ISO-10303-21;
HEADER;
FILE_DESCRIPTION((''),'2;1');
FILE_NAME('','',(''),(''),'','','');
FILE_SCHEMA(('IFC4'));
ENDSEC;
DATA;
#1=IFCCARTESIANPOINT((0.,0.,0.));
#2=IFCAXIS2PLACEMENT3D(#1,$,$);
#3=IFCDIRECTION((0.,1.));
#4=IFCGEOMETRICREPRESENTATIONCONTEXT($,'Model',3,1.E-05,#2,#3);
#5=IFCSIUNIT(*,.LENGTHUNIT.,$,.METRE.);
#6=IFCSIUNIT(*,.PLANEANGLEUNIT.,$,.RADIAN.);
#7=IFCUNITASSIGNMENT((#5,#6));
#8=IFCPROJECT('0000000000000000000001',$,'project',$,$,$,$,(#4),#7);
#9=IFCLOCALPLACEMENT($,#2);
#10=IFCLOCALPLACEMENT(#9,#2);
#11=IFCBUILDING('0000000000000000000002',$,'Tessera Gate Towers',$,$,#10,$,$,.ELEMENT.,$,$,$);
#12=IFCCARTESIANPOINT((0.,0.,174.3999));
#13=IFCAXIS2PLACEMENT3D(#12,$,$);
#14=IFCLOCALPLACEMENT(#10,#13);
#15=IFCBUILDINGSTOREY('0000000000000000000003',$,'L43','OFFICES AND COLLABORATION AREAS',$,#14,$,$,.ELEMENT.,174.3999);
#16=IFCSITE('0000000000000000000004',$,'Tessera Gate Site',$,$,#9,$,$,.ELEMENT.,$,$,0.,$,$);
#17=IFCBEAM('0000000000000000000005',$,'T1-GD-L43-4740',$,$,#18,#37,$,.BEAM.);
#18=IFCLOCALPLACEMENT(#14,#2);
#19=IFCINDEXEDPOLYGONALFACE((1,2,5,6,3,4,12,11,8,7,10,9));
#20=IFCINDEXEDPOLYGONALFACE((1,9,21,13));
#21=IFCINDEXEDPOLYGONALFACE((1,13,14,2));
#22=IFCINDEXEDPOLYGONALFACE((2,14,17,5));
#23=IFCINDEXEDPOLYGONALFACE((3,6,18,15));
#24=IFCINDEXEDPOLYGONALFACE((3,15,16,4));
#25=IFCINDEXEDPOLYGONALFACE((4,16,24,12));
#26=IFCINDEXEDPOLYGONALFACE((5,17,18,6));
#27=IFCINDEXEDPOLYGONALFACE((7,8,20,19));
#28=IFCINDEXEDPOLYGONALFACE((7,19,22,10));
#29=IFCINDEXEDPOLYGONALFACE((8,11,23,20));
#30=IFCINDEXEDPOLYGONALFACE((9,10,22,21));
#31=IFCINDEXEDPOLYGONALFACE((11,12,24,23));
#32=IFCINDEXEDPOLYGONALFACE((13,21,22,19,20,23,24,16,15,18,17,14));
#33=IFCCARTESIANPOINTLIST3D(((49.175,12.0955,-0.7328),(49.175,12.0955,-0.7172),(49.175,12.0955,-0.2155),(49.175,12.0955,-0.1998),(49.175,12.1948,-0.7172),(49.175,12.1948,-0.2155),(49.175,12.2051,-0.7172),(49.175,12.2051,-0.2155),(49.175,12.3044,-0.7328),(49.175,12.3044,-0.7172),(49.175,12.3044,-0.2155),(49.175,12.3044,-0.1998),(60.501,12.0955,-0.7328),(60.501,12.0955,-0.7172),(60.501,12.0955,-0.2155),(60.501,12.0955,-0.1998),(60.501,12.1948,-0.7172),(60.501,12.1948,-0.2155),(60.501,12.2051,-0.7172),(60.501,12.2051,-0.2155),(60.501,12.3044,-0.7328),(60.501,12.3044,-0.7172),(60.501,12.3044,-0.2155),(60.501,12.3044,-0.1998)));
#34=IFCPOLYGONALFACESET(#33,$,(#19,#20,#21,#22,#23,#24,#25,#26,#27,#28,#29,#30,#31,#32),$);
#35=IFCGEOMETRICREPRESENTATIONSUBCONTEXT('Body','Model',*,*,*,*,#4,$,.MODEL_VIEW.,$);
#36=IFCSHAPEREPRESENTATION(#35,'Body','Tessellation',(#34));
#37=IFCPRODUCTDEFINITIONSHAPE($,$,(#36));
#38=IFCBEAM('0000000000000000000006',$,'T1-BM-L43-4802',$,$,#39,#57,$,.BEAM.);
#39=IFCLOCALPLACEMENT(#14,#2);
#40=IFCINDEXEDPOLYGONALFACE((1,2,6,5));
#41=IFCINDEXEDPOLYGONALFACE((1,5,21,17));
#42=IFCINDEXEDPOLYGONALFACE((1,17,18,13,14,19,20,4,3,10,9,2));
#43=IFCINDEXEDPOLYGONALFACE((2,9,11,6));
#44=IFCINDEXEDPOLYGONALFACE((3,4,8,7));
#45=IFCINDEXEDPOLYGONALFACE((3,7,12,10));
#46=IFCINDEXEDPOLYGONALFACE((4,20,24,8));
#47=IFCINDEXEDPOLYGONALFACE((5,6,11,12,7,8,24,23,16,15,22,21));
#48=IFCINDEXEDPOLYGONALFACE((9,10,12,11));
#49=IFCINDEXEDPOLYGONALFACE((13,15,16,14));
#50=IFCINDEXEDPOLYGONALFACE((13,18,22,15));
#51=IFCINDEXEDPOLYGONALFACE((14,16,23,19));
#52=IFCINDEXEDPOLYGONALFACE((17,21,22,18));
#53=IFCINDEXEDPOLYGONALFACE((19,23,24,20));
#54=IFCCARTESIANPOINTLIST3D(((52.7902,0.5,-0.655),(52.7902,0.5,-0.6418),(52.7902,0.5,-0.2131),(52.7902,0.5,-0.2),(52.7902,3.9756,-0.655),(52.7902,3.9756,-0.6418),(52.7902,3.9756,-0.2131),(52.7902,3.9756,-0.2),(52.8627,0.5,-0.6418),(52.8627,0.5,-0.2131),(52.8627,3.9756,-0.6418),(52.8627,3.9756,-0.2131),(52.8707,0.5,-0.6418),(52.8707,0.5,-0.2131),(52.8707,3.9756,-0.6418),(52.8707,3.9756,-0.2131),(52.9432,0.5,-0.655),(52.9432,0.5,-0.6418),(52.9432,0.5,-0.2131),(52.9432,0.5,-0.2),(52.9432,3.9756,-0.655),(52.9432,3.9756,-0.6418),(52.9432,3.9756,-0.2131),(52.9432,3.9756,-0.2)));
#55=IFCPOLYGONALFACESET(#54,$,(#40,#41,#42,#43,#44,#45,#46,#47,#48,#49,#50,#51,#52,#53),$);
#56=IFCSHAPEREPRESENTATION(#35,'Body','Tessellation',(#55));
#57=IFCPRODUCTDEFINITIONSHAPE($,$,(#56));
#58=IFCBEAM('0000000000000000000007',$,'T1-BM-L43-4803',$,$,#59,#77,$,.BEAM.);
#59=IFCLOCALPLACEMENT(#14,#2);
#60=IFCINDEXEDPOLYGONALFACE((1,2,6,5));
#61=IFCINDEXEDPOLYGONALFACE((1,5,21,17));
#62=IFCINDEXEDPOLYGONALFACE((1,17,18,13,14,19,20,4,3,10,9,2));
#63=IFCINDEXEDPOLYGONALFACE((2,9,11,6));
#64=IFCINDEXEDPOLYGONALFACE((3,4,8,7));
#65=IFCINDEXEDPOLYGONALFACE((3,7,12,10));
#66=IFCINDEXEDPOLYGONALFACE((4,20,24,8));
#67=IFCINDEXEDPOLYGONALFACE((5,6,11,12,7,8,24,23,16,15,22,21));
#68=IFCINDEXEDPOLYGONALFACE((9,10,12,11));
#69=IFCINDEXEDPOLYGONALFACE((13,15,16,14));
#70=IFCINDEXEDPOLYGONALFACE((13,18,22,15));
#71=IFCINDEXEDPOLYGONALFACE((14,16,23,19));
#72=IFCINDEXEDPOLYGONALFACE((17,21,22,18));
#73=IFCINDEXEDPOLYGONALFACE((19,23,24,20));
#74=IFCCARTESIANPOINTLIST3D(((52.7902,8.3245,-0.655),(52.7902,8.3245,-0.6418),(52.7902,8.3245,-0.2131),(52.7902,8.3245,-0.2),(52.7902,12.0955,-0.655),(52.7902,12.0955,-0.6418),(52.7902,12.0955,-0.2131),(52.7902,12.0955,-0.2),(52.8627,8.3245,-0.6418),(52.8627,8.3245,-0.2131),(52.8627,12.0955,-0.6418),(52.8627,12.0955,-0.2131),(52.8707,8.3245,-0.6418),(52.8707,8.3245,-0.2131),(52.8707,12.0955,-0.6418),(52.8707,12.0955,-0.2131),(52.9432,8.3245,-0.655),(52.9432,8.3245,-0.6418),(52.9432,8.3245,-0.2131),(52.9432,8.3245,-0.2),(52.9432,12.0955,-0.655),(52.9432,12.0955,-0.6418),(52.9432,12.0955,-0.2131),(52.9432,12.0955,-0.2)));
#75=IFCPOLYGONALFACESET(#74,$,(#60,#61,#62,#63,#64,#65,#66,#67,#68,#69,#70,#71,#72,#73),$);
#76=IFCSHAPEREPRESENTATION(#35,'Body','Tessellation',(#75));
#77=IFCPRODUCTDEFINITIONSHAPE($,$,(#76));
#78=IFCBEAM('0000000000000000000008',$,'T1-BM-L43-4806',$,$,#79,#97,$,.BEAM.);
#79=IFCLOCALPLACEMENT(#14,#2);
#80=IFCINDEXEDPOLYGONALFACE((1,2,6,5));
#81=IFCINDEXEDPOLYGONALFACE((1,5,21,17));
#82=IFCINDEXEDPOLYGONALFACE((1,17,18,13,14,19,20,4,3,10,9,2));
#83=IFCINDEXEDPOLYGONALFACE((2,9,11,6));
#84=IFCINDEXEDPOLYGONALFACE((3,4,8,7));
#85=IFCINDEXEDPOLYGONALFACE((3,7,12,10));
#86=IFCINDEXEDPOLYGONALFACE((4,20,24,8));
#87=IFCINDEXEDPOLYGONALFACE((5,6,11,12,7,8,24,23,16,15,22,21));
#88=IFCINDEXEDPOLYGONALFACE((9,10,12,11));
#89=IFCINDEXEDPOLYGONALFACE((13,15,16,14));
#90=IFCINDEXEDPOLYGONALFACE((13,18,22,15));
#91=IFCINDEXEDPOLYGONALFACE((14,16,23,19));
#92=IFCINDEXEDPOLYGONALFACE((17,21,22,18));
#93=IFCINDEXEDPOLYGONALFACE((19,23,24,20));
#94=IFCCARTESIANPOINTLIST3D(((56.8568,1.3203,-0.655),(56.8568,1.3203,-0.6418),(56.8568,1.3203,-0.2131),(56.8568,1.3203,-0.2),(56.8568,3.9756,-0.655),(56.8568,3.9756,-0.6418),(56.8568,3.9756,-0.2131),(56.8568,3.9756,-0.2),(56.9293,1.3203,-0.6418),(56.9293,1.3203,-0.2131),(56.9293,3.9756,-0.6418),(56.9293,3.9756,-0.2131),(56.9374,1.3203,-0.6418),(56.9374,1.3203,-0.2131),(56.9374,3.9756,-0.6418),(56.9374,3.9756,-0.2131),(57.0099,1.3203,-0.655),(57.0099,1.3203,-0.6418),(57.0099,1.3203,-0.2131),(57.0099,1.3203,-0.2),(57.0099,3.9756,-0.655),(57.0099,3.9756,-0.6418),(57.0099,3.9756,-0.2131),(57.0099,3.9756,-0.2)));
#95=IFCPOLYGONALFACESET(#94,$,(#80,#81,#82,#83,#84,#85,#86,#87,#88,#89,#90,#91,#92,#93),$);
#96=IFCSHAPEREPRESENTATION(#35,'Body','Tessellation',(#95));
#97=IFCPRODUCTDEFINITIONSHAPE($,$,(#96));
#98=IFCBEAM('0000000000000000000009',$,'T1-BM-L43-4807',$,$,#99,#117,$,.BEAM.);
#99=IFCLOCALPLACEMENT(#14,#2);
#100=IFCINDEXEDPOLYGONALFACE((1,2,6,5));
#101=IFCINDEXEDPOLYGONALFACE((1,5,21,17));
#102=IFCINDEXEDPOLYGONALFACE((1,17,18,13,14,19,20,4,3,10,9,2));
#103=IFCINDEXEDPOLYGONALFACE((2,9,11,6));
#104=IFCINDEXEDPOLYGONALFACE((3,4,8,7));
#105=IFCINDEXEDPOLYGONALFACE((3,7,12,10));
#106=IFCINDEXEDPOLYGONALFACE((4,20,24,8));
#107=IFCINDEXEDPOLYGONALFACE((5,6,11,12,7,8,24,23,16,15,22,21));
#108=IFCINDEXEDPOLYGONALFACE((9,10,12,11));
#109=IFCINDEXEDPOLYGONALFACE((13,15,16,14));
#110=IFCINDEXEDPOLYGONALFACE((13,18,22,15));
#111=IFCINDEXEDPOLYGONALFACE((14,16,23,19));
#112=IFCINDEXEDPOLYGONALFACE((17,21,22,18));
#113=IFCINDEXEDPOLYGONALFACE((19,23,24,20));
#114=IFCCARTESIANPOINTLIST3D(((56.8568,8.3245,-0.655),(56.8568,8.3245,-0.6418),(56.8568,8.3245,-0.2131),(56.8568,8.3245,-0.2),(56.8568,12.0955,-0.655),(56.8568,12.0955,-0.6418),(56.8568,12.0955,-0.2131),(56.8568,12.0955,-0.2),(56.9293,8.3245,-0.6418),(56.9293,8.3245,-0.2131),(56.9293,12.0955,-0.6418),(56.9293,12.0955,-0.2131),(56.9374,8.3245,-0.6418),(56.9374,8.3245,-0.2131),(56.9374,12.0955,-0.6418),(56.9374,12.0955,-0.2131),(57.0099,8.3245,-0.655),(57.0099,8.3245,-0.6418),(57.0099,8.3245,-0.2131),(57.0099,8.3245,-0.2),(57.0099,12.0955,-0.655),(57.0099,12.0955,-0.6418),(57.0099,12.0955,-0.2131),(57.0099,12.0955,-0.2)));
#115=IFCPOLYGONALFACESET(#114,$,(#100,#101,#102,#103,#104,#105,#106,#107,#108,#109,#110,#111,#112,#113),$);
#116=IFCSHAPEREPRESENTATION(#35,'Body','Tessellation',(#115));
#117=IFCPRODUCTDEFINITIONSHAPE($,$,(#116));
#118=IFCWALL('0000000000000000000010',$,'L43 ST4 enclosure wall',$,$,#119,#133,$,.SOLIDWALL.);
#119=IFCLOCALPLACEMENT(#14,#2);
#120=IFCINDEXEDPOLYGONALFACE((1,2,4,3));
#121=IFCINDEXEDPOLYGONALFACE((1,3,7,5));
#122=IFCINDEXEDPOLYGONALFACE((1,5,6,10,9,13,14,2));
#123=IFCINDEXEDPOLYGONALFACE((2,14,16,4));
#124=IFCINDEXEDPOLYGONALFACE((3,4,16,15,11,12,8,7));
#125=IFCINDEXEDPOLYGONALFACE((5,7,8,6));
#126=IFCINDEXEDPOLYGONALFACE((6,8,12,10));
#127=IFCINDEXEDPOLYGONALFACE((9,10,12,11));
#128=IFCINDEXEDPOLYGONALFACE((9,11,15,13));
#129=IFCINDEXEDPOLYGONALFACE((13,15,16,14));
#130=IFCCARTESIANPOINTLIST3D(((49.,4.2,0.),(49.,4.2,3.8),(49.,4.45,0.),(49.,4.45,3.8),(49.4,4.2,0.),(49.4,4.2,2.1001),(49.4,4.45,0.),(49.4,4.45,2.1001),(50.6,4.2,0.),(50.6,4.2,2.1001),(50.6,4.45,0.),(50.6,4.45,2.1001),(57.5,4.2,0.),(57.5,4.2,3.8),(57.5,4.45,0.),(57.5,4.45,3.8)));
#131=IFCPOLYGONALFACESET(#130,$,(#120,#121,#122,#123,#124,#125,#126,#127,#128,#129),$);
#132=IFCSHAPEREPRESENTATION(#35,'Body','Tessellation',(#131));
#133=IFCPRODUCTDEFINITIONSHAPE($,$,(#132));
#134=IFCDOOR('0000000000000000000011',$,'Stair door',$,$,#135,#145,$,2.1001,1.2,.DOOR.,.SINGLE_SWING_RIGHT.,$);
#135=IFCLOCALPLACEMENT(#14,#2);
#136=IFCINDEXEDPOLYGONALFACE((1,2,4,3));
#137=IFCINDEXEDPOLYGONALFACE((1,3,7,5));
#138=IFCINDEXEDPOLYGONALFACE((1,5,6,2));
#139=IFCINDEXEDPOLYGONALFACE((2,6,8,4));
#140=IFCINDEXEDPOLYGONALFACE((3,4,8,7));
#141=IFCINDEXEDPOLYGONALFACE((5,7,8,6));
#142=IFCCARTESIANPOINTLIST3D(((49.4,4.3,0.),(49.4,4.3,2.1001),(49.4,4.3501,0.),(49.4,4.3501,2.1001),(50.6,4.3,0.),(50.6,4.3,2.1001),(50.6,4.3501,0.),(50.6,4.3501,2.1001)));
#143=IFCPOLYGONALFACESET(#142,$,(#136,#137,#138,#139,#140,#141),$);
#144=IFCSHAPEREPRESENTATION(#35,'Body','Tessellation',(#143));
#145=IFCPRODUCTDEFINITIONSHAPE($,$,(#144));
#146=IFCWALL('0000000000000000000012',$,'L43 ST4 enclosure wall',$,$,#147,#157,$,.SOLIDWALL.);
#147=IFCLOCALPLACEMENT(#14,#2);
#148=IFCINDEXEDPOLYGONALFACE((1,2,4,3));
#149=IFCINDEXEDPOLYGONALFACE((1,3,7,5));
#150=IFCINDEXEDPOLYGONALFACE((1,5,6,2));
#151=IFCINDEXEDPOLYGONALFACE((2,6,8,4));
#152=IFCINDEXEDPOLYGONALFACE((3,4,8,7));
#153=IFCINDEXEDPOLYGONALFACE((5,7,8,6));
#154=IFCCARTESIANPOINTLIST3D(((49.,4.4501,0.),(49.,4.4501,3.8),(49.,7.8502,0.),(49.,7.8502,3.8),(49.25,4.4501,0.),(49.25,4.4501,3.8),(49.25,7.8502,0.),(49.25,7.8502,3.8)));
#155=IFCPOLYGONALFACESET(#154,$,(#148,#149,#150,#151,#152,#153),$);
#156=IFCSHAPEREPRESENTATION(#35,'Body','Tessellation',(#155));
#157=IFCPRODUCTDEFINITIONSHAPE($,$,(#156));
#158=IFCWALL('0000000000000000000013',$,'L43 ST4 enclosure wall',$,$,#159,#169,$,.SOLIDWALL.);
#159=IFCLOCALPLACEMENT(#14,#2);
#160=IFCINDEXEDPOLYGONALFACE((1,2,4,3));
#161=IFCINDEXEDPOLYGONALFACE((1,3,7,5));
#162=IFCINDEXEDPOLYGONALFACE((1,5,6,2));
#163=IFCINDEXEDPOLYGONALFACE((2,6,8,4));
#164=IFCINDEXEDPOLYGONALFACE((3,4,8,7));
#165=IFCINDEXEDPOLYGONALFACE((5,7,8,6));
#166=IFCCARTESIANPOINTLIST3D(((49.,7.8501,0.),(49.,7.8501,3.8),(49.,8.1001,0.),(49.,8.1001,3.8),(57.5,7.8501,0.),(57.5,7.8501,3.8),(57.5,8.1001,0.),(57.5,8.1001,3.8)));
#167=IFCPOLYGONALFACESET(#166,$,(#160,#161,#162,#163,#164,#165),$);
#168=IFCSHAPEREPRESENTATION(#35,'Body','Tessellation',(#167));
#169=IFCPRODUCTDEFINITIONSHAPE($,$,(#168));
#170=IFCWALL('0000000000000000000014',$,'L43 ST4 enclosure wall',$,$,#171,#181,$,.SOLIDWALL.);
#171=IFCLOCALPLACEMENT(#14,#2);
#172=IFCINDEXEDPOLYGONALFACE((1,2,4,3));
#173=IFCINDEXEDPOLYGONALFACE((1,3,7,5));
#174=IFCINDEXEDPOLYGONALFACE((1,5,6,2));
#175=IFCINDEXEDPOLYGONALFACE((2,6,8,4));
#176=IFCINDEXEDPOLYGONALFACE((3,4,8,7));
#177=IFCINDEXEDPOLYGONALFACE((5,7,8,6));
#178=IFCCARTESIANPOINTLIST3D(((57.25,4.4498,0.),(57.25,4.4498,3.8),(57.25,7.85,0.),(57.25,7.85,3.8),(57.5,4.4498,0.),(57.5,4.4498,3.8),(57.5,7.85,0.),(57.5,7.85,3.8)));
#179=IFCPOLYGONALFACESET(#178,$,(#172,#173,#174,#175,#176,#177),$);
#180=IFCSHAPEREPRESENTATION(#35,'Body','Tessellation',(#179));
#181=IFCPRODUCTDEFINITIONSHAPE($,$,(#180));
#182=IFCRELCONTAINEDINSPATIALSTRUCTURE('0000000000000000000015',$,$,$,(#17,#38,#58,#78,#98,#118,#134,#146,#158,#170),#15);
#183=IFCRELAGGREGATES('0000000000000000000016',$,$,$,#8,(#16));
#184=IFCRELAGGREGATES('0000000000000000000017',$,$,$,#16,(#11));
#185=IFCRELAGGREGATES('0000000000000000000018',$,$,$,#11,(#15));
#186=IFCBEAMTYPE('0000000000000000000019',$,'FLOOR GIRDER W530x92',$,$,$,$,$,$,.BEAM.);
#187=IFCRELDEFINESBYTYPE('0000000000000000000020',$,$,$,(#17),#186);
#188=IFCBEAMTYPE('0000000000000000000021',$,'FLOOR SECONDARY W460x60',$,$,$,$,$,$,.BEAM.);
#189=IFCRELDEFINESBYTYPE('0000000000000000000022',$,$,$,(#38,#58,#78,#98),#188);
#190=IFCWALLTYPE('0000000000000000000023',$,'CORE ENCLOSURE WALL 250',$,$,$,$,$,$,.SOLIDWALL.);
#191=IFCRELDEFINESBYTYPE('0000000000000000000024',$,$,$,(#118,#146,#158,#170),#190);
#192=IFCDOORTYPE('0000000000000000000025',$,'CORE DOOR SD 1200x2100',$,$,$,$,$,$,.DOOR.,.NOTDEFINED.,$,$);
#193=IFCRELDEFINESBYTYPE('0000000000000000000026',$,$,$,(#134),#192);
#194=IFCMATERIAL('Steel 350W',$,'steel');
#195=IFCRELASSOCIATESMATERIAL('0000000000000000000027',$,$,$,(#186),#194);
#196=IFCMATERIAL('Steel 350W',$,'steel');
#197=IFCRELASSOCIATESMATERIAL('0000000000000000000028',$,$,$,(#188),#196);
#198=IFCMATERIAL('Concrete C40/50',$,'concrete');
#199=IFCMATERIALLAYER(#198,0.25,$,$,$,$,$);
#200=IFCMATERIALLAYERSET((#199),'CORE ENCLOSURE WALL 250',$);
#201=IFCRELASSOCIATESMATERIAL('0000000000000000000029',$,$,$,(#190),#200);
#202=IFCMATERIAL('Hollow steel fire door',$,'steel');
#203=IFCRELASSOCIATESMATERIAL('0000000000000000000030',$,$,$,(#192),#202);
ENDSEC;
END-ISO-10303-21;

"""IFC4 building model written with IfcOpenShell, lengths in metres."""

from ifc_helpers import new_model, si_unit, direction, frame, frame_2d, origin, origin_2d, place, context, subcontext, project, spatial, rectangle, i_section, extrude, source, transform, mapped, material, layer, layer_set, material_profile, profile_set, type_object, element, fill, save


model = new_model("IFC4")

# Units and contexts
model_context = context("Model", 3, precision=1e-05, world=origin(), true_north=direction((0.0, 1.0)))
body_context = subcontext(model_context, "Body", "Model", "MODEL_VIEW")
ifc_project = project(units=[si_unit("LENGTHUNIT", "METRE"), si_unit("PLANEANGLEUNIT", "RADIAN")], contexts=[model_context])

# Site, building, storey
site_placement = place(None, origin())
site = spatial("IfcSite", under=ifc_project, at=site_placement, Name="Tessera Gate Site", CompositionType="ELEMENT", RefElevation=0.0)
building_placement = place(site_placement, origin())
building = spatial("IfcBuilding", under=site, at=building_placement, Name="Tessera Gate Towers", CompositionType="ELEMENT")
storey_placement = place(building_placement, frame((0.0, 0.0, 174.3999)))
storey = spatial("IfcBuildingStorey", under=building, at=storey_placement, Name="L43", Description="OFFICES AND COLLABORATION AREAS", CompositionType="ELEMENT", Elevation=174.3999)

# Beams
ifc_material_1 = material(Name="Steel 350W", Category="steel")
ifc_material_profile_1 = material_profile(ifc_material_1, i_section(OverallWidth=0.209, OverallDepth=0.533, WebThickness=0.0103, FlangeThickness=0.0156, at=origin_2d()), Name="W530x92")
ifc_profile_set_1 = profile_set([ifc_material_profile_1], Name="Steel 350W")
beam_type_1 = type_object("IfcBeamType", Name="FLOOR GIRDER W530x92", PredefinedType="BEAM", material=ifc_profile_set_1)
beam_1_placement = place(storey_placement, frame((49.175, 12.2, -0.4663), z_axis=(1.0, 0.0, 0.0), x_axis=(0.0, 1.0, 0.0)))
element("IfcBeam", 1, at=beam_1_placement, inside=storey, type_object=beam_type_1, Name="T1-GD-L43-4740", PredefinedType="BEAM", context=body_context, shape_type="SweptSolid", body=[
    extrude(i_section(OverallWidth=0.209, OverallDepth=0.533, WebThickness=0.0103, FlangeThickness=0.0156, at=origin_2d()), origin(), (0.0, 0.0, 1.0), 11.3259),
])
ifc_material_2 = material(Name="Steel 350W", Category="steel")
ifc_material_profile_2 = material_profile(ifc_material_2, i_section(OverallWidth=0.1531, OverallDepth=0.4551, WebThickness=0.0081, FlangeThickness=0.0132, at=origin_2d()), Name="W460x60")
ifc_profile_set_2 = profile_set([ifc_material_profile_2], Name="Steel 350W")
beam_type_2 = type_object("IfcBeamType", Name="FLOOR SECONDARY W460x60", PredefinedType="BEAM", material=ifc_profile_set_2)
beam_2_placement = place(storey_placement, frame((52.8667, 0.5, -0.4275), z_axis=(0.0, 1.0, 0.0), x_axis=(-1.0, 0.0, 0.0)))
element("IfcBeam", 2, at=beam_2_placement, inside=storey, type_object=beam_type_2, Name="T1-BM-L43-4802", PredefinedType="BEAM", context=body_context, shape_type="SweptSolid", body=[
    extrude(i_section(OverallWidth=0.1531, OverallDepth=0.4551, WebThickness=0.0081, FlangeThickness=0.0132, at=origin_2d()), origin(), (0.0, 0.0, 1.0), 3.4756),
])
beam_3_placement = place(storey_placement, frame((52.8667, 8.3245, -0.4275), z_axis=(0.0, 1.0, 0.0), x_axis=(-1.0, 0.0, 0.0)))
element("IfcBeam", 3, at=beam_3_placement, inside=storey, type_object=beam_type_2, Name="T1-BM-L43-4803", PredefinedType="BEAM", context=body_context, shape_type="SweptSolid", body=[
    extrude(i_section(OverallWidth=0.1531, OverallDepth=0.4551, WebThickness=0.0081, FlangeThickness=0.0132, at=origin_2d()), origin(), (0.0, 0.0, 1.0), 3.771),
])
beam_4_placement = place(storey_placement, frame((56.9333, 1.3203, -0.4275), z_axis=(0.0, 1.0, 0.0), x_axis=(-1.0, 0.0, 0.0)))
element("IfcBeam", 4, at=beam_4_placement, inside=storey, type_object=beam_type_2, Name="T1-BM-L43-4806", PredefinedType="BEAM", context=body_context, shape_type="SweptSolid", body=[
    extrude(i_section(OverallWidth=0.1531, OverallDepth=0.4551, WebThickness=0.0081, FlangeThickness=0.0132, at=origin_2d()), origin(), (0.0, 0.0, 1.0), 2.6553),
])
beam_5_placement = place(storey_placement, frame((56.9333, 8.3245, -0.4275), z_axis=(0.0, 1.0, 0.0), x_axis=(-1.0, 0.0, 0.0)))
element("IfcBeam", 5, at=beam_5_placement, inside=storey, type_object=beam_type_2, Name="T1-BM-L43-4807", PredefinedType="BEAM", context=body_context, shape_type="SweptSolid", body=[
    extrude(i_section(OverallWidth=0.1531, OverallDepth=0.4551, WebThickness=0.0081, FlangeThickness=0.0132, at=origin_2d()), origin(), (0.0, 0.0, 1.0), 3.771),
])

# Wall, opening, door
ifc_material_3 = material(Name="Concrete C40/50", Category="concrete")
ifc_layer_1 = layer(ifc_material_3, 0.25)
ifc_layer_set_1 = layer_set([ifc_layer_1], Name="CORE ENCLOSURE WALL 250")
wall_type_1 = type_object("IfcWallType", Name="CORE ENCLOSURE WALL 250", PredefinedType="SOLIDWALL", material=ifc_layer_set_1)
wall_1_placement = place(storey_placement, frame((57.5, 4.325, 0.0), z_axis=(0.0, 0.0, 1.0), x_axis=(-1.0, 0.0, 0.0)))
wall_1 = element("IfcWall", 6, at=wall_1_placement, inside=storey, type_object=wall_type_1, Name="L43 ST4 enclosure wall", PredefinedType="SOLIDWALL", context=body_context, shape_type="SweptSolid", body=[
    extrude(rectangle(XDim=8.5, YDim=0.25, at=frame_2d((4.25, 0.0))), origin(), (0.0, 0.0, 1.0), 3.8),
])
shared_shape_1 = source(origin(), body_context, "Body", "SweptSolid", [
    extrude(rectangle(XDim=1.2, YDim=2.1001, at=frame_2d((0.6001, 1.05))), frame((0.0, 0.135, 0.0), z_axis=(0.0, -1.0, 0.0), x_axis=(1.0, 0.0, 0.0)), (0.0, 0.0, 1.0), 0.27),
])
opening_1_placement = place(wall_1_placement, frame((6.8999, 0.0, 0.0)))
opening_1 = element("IfcOpeningElement", 7, at=opening_1_placement, cuts=wall_1, PredefinedType="OPENING", context=body_context, shape_type="MappedRepresentation", body=[
    mapped(shared_shape_1, transform((0.0, 0.0, 0.0), scale=1.0)),
])
ifc_material_4 = material(Name="Hollow steel fire door", Category="steel")
door_type = type_object("IfcDoorType", Name="CORE DOOR SD 1200x2100", OperationType="NOTDEFINED", PredefinedType="DOOR", material=ifc_material_4)
shared_shape_2 = source(origin(), body_context, "Body", "SweptSolid", [
    extrude(rectangle(XDim=1.2, YDim=2.1001, at=frame_2d((0.6001, 1.05))), frame((0.0, 0.0249, 0.0), z_axis=(0.0, -1.0, 0.0), x_axis=(1.0, 0.0, 0.0)), (0.0, 0.0, 1.0), 0.05),
])
door_placement = place(opening_1_placement, origin())
door = element("IfcDoor", 8, at=door_placement, inside=storey, type_object=door_type, Name="Stair door", OperationType="SINGLE_SWING_RIGHT", OverallHeight=2.1001, OverallWidth=1.2, PredefinedType="DOOR", context=body_context, shape_type="MappedRepresentation", body=[
    mapped(shared_shape_2, transform((0.0, 0.0, 0.0), scale=1.0)),
])
fill(opening_1, door)

# Walls
wall_2_placement = place(storey_placement, frame((49.125, 4.45, 0.0), z_axis=(0.0, 0.0, 1.0), x_axis=(0.0, 1.0, 0.0)))
element("IfcWall", 9, at=wall_2_placement, inside=storey, type_object=wall_type_1, Name="L43 ST4 enclosure wall", PredefinedType="SOLIDWALL", context=body_context, shape_type="SweptSolid", body=[
    extrude(rectangle(XDim=3.4001, YDim=0.25, at=frame_2d((1.7002, 0.0))), origin(), (0.0, 0.0, 1.0), 3.8),
])
wall_3_placement = place(storey_placement, frame((49.0, 7.9751, 0.0), z_axis=(0.0, 0.0, 1.0), x_axis=(1.0, 0.0, 0.0)))
element("IfcWall", 10, at=wall_3_placement, inside=storey, type_object=wall_type_1, Name="L43 ST4 enclosure wall", PredefinedType="SOLIDWALL", context=body_context, shape_type="SweptSolid", body=[
    extrude(rectangle(XDim=8.5, YDim=0.25, at=frame_2d((4.25, 0.0))), origin(), (0.0, 0.0, 1.0), 3.8),
])
wall_4_placement = place(storey_placement, frame((57.375, 7.8501, 0.0), z_axis=(0.0, 0.0, 1.0), x_axis=(0.0, -1.0, 0.0)))
element("IfcWall", 11, at=wall_4_placement, inside=storey, type_object=wall_type_1, Name="L43 ST4 enclosure wall", PredefinedType="SOLIDWALL", context=body_context, shape_type="SweptSolid", body=[
    extrude(rectangle(XDim=3.4001, YDim=0.25, at=frame_2d((1.7002, 0.0))), origin(), (0.0, 0.0, 1.0), 3.8),
])

save(model, "model.ifc")
